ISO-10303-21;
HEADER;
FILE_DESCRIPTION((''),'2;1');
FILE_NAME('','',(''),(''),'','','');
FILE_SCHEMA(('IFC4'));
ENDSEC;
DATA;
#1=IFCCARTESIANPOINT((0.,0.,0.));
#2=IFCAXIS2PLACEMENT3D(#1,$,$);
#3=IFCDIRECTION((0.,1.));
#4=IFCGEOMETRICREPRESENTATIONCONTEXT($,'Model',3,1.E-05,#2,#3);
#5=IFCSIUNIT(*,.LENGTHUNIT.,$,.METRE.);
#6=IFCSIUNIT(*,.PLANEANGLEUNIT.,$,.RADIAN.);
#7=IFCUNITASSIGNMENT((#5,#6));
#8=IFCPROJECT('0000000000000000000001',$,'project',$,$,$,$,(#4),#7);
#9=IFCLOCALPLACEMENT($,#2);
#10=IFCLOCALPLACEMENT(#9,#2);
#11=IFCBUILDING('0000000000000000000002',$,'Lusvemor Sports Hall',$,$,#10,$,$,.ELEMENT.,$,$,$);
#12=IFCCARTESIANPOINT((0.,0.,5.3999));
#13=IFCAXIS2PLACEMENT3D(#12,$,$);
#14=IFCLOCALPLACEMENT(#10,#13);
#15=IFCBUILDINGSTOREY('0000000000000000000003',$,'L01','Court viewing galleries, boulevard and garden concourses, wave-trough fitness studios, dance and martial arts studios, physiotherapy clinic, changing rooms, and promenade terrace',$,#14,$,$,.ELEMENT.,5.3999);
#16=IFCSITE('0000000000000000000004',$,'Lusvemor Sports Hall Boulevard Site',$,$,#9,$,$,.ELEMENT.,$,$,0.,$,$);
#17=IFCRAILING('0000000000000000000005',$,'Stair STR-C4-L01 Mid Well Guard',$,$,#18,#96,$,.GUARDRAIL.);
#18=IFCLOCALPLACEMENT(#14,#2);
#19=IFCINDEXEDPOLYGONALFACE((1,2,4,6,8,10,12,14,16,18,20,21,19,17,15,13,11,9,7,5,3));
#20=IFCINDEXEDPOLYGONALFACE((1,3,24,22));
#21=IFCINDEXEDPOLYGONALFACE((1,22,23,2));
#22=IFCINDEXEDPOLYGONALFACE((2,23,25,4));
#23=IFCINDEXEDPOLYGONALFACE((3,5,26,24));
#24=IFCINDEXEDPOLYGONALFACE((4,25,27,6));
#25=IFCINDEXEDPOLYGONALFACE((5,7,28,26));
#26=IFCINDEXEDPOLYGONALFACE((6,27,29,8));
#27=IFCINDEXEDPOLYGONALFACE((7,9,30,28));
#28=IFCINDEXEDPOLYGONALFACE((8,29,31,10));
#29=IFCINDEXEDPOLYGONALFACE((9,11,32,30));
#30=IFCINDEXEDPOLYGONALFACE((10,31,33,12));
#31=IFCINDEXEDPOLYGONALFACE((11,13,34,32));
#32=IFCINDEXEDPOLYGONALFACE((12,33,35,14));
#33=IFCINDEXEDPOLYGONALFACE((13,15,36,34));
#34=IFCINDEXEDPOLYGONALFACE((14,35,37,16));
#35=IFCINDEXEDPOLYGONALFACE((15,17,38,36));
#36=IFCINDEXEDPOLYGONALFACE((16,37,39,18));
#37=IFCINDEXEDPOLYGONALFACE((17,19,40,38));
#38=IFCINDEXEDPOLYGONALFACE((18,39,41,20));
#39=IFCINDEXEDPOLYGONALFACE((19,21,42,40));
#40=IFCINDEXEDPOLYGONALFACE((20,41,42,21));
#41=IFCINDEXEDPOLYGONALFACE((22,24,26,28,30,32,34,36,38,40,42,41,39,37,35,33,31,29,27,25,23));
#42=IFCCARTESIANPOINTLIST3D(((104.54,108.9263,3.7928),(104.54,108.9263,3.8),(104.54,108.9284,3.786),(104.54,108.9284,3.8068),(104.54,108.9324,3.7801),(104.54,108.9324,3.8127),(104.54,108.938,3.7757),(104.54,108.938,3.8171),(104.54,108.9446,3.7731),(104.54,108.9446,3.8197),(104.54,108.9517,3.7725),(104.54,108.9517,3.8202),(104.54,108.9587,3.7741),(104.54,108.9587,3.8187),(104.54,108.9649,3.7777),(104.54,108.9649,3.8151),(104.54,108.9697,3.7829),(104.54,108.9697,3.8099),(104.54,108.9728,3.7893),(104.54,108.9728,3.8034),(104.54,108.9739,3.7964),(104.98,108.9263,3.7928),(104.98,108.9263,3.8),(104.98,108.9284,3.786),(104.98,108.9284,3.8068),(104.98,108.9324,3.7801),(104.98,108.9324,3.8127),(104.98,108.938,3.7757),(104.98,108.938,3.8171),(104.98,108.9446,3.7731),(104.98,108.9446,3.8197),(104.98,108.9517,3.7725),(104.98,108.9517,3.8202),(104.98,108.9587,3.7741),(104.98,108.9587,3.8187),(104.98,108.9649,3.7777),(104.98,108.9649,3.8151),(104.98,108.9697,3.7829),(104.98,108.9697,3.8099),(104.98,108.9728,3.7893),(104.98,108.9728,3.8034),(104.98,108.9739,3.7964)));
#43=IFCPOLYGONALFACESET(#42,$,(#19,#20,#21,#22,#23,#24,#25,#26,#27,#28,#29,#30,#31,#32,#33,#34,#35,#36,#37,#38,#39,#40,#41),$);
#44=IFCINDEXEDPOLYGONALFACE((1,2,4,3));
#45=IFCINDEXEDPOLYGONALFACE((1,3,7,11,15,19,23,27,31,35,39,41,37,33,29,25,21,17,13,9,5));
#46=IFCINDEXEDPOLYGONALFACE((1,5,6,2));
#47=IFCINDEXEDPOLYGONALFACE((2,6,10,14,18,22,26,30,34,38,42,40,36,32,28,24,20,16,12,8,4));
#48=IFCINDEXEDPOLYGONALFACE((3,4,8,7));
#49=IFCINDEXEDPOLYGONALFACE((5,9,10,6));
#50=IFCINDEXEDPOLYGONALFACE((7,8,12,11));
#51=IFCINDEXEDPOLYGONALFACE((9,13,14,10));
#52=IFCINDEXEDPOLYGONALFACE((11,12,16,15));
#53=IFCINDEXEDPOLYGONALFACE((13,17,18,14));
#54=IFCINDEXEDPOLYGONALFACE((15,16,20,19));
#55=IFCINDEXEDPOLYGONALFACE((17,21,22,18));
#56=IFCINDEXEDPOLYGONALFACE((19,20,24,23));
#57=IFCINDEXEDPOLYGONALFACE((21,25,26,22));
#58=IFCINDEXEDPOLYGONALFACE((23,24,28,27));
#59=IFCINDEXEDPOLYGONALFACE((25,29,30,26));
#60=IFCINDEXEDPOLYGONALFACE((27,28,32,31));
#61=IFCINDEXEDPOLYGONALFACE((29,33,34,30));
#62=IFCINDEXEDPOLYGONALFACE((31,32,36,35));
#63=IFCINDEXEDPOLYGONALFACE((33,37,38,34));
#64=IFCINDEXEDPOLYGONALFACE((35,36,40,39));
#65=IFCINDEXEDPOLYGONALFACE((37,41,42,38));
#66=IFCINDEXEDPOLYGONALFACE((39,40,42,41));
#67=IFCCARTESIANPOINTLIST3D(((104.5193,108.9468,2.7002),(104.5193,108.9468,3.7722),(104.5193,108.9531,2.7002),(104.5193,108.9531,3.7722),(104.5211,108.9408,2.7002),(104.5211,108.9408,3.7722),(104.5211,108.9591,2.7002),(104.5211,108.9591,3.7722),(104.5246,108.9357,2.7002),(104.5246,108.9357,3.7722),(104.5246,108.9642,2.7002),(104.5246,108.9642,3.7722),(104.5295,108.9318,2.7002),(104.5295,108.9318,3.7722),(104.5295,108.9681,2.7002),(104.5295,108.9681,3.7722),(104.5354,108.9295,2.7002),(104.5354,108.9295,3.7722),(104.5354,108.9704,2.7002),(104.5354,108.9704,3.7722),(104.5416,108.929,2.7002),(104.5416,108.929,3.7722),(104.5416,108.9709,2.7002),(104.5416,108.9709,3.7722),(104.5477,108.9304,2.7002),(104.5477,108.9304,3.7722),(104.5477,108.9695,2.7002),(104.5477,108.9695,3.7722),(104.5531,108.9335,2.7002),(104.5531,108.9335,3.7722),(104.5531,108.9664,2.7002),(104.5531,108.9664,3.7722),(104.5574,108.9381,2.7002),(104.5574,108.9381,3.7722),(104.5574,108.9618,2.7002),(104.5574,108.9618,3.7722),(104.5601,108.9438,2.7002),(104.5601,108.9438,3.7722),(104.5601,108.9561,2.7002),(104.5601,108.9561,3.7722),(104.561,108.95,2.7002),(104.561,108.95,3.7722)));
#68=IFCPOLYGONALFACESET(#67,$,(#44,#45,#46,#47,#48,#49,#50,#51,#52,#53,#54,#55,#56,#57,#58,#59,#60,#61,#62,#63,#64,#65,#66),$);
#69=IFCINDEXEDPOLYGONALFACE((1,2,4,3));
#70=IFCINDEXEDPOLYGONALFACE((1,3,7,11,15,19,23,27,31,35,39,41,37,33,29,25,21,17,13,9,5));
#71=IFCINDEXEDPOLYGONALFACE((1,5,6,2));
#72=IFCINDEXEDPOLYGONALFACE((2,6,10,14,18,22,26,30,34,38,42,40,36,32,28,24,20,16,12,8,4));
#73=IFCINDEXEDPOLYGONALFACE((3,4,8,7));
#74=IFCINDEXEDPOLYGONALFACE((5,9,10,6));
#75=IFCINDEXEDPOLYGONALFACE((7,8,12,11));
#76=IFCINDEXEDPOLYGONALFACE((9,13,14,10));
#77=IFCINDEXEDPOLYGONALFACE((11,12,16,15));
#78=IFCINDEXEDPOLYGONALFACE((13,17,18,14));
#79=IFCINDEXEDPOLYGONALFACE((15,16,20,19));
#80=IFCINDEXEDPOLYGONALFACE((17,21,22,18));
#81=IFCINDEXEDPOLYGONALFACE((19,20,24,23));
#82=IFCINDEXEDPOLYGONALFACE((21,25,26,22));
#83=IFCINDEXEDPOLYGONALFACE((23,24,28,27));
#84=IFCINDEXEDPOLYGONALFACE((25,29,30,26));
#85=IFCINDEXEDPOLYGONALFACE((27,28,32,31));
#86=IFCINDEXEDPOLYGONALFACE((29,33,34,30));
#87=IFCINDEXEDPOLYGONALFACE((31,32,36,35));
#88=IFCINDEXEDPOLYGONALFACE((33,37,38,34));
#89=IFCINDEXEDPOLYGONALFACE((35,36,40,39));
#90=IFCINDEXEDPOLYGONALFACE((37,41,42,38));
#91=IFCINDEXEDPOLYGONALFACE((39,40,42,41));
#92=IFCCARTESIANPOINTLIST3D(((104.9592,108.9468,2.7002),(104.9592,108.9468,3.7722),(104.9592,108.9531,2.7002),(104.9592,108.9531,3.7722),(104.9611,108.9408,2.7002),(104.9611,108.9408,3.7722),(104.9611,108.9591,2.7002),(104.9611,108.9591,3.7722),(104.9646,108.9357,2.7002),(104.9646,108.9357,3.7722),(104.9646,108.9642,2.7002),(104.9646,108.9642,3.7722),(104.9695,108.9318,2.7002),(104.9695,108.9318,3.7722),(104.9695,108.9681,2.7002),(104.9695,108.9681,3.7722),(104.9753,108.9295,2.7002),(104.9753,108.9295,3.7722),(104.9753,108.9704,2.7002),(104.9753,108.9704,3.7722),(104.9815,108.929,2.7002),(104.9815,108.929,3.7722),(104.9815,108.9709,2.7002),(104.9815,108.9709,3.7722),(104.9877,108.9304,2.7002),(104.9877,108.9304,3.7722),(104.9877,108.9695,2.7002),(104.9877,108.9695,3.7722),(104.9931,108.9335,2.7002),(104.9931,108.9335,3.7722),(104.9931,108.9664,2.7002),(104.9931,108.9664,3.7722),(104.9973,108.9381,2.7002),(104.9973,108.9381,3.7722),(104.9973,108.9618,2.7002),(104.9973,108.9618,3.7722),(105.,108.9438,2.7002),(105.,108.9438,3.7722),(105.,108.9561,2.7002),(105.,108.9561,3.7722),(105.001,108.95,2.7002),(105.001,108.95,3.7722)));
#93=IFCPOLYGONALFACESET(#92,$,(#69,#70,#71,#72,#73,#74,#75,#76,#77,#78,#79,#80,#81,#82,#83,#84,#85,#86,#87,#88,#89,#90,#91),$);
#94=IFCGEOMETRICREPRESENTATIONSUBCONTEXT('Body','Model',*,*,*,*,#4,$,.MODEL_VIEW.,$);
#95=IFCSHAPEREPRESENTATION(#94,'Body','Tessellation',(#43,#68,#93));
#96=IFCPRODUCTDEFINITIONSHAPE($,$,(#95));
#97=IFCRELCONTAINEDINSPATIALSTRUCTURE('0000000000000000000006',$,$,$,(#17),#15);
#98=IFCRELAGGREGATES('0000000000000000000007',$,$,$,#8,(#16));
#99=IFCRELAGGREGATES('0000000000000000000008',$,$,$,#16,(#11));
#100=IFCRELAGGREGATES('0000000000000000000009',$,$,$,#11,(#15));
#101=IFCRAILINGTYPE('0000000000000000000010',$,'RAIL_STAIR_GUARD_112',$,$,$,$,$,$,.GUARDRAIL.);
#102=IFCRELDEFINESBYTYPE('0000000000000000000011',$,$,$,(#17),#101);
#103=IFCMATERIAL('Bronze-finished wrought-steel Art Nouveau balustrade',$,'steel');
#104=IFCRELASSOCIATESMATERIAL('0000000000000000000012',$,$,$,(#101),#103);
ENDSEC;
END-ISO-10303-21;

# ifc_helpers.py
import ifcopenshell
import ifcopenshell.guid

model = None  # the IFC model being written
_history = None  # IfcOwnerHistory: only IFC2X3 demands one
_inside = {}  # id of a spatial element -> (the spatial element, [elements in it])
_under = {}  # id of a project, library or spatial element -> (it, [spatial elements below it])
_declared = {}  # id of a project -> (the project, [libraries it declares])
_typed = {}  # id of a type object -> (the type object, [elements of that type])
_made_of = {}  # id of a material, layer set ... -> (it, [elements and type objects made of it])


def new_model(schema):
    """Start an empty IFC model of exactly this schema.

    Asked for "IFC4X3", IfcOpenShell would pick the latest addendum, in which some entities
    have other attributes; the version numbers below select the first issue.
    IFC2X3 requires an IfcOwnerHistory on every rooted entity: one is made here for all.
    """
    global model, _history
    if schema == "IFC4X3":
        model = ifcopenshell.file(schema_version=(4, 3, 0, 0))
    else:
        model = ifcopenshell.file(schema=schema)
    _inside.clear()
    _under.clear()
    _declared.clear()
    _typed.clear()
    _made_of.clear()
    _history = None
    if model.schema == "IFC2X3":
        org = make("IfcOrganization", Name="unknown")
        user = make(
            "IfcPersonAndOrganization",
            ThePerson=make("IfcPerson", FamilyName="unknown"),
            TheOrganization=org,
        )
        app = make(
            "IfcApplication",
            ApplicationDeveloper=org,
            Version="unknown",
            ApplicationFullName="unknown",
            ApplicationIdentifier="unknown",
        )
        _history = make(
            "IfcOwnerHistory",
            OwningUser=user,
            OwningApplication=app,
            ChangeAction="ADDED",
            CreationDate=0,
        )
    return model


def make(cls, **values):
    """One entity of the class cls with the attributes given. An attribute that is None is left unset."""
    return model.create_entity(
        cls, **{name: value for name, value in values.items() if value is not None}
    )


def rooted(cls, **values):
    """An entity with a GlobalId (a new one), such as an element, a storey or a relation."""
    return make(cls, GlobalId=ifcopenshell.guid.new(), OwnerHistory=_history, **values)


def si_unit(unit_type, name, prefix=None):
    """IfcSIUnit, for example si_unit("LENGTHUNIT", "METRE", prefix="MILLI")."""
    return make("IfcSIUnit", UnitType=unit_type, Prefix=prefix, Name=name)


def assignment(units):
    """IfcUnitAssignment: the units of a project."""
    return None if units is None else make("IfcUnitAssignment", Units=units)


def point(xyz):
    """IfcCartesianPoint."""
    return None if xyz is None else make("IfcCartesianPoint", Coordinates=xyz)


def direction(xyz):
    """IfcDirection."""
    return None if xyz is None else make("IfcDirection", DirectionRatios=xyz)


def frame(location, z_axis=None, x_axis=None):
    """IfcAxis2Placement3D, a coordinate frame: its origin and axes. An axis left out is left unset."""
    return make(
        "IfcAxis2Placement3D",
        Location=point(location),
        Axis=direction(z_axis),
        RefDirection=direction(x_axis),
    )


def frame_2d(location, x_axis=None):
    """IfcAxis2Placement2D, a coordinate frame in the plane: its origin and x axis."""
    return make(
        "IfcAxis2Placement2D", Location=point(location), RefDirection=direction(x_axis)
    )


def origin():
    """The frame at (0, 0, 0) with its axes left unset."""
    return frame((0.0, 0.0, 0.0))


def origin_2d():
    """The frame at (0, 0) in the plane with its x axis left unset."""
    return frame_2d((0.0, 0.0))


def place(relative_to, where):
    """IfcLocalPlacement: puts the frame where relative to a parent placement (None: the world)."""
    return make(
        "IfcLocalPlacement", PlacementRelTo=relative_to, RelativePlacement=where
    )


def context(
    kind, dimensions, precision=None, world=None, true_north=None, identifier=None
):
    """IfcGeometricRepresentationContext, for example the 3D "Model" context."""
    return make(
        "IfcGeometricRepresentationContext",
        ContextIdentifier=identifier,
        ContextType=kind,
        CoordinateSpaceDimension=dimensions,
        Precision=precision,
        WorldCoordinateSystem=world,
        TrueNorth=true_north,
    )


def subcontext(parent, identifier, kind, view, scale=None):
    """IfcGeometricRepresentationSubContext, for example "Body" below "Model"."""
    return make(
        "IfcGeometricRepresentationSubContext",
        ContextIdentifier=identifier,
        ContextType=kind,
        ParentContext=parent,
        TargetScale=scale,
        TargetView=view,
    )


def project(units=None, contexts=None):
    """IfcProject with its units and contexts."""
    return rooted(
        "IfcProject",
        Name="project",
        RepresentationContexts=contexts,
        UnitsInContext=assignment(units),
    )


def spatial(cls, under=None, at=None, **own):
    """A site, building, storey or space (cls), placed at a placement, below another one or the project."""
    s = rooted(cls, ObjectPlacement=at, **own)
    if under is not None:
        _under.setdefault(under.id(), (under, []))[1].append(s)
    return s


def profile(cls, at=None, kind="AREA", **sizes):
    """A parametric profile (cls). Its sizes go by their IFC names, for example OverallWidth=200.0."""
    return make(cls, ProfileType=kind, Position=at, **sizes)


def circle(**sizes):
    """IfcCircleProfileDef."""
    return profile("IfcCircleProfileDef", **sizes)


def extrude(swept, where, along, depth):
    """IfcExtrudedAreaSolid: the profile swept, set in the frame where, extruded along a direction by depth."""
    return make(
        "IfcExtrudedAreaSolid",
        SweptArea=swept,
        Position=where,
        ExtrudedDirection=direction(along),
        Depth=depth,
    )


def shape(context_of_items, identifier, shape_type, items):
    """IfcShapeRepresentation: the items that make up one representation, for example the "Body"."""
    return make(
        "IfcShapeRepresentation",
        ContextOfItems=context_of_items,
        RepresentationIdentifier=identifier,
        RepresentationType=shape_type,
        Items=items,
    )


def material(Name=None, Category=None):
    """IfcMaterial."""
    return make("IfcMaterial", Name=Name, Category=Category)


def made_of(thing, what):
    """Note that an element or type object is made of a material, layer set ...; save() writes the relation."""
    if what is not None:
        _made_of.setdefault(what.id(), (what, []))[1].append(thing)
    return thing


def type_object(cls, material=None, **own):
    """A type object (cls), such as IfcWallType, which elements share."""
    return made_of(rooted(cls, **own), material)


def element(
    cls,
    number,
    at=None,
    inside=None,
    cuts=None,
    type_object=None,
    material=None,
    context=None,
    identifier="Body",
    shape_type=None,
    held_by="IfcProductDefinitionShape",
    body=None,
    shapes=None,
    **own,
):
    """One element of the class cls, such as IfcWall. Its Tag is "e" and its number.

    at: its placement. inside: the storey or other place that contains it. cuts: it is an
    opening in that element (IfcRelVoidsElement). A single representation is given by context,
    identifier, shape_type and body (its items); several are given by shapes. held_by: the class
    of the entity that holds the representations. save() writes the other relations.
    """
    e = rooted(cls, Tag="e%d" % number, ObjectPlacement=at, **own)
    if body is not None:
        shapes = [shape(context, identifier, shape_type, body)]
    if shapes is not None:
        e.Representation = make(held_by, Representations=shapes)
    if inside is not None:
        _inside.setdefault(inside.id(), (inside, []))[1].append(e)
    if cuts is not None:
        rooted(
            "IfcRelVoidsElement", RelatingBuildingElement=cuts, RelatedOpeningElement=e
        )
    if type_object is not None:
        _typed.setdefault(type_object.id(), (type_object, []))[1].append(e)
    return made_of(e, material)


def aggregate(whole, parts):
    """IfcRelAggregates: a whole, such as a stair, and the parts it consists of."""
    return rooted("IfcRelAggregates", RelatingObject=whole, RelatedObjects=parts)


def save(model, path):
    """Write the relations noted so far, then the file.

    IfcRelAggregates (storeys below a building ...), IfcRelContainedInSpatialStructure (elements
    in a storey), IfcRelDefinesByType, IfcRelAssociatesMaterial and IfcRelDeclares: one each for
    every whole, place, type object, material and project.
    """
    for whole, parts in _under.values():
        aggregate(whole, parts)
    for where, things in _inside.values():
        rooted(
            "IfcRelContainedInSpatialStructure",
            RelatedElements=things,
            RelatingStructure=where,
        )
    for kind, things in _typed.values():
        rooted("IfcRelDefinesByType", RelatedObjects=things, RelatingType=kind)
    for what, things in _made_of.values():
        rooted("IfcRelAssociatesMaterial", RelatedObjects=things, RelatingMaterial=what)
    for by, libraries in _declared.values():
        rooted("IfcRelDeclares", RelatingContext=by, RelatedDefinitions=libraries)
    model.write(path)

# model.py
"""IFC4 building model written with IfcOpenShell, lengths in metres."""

from ifc_helpers import new_model, si_unit, direction, frame, origin, origin_2d, place, context, subcontext, project, spatial, circle, extrude, material, type_object, element, save


model = new_model("IFC4")

# Units and contexts
model_context = context("Model", 3, precision=1e-05, world=origin(), true_north=direction((0.0, 1.0)))
body_context = subcontext(model_context, "Body", "Model", "MODEL_VIEW")
ifc_project = project(units=[si_unit("LENGTHUNIT", "METRE"), si_unit("PLANEANGLEUNIT", "RADIAN")], contexts=[model_context])

# Site, building, storey
site_placement = place(None, origin())
site = spatial("IfcSite", under=ifc_project, at=site_placement, Name="Lusvemor Sports Hall Boulevard Site", CompositionType="ELEMENT", RefElevation=0.0)
building_placement = place(site_placement, origin())
building = spatial("IfcBuilding", under=site, at=building_placement, Name="Lusvemor Sports Hall", CompositionType="ELEMENT")
storey_placement = place(building_placement, frame((0.0, 0.0, 5.3999)))
storey = spatial("IfcBuildingStorey", under=building, at=storey_placement, Name="L01", Description="Court viewing galleries, boulevard and garden concourses, wave-trough fitness studios, dance and martial arts studios, physiotherapy clinic, changing rooms, and promenade terrace", CompositionType="ELEMENT", Elevation=5.3999)

# Railing
ifc_material_1 = material(Name="Bronze-finished wrought-steel Art Nouveau balustrade", Category="steel")
railing_type_1 = type_object("IfcRailingType", Name="RAIL_STAIR_GUARD_112", PredefinedType="GUARDRAIL", material=ifc_material_1)
railing_1_placement = place(storey_placement, frame((104.54, 108.95, 2.7002)))
element("IfcRailing", 1, at=railing_1_placement, inside=storey, type_object=railing_type_1, Name="Stair STR-C4-L01 Mid Well Guard", PredefinedType="GUARDRAIL", context=body_context, shape_type="SweptSolid", body=[
    extrude(circle(Radius=0.0239, at=origin_2d()), frame((0.0, 0.0, 1.0962), z_axis=(1.0, 0.0, 0.0), x_axis=(0.0, 1.0, 0.0)), (0.0, 0.0, 1.0), 0.4399),
    extrude(circle(Radius=0.021, at=origin_2d()), origin(), (0.0, 0.0, 1.0), 1.072),
    extrude(circle(Radius=0.021, at=origin_2d()), frame((0.4399, 0.0, 0.0)), (0.0, 0.0, 1.0), 1.072),
])

save(model, "model.ifc")
